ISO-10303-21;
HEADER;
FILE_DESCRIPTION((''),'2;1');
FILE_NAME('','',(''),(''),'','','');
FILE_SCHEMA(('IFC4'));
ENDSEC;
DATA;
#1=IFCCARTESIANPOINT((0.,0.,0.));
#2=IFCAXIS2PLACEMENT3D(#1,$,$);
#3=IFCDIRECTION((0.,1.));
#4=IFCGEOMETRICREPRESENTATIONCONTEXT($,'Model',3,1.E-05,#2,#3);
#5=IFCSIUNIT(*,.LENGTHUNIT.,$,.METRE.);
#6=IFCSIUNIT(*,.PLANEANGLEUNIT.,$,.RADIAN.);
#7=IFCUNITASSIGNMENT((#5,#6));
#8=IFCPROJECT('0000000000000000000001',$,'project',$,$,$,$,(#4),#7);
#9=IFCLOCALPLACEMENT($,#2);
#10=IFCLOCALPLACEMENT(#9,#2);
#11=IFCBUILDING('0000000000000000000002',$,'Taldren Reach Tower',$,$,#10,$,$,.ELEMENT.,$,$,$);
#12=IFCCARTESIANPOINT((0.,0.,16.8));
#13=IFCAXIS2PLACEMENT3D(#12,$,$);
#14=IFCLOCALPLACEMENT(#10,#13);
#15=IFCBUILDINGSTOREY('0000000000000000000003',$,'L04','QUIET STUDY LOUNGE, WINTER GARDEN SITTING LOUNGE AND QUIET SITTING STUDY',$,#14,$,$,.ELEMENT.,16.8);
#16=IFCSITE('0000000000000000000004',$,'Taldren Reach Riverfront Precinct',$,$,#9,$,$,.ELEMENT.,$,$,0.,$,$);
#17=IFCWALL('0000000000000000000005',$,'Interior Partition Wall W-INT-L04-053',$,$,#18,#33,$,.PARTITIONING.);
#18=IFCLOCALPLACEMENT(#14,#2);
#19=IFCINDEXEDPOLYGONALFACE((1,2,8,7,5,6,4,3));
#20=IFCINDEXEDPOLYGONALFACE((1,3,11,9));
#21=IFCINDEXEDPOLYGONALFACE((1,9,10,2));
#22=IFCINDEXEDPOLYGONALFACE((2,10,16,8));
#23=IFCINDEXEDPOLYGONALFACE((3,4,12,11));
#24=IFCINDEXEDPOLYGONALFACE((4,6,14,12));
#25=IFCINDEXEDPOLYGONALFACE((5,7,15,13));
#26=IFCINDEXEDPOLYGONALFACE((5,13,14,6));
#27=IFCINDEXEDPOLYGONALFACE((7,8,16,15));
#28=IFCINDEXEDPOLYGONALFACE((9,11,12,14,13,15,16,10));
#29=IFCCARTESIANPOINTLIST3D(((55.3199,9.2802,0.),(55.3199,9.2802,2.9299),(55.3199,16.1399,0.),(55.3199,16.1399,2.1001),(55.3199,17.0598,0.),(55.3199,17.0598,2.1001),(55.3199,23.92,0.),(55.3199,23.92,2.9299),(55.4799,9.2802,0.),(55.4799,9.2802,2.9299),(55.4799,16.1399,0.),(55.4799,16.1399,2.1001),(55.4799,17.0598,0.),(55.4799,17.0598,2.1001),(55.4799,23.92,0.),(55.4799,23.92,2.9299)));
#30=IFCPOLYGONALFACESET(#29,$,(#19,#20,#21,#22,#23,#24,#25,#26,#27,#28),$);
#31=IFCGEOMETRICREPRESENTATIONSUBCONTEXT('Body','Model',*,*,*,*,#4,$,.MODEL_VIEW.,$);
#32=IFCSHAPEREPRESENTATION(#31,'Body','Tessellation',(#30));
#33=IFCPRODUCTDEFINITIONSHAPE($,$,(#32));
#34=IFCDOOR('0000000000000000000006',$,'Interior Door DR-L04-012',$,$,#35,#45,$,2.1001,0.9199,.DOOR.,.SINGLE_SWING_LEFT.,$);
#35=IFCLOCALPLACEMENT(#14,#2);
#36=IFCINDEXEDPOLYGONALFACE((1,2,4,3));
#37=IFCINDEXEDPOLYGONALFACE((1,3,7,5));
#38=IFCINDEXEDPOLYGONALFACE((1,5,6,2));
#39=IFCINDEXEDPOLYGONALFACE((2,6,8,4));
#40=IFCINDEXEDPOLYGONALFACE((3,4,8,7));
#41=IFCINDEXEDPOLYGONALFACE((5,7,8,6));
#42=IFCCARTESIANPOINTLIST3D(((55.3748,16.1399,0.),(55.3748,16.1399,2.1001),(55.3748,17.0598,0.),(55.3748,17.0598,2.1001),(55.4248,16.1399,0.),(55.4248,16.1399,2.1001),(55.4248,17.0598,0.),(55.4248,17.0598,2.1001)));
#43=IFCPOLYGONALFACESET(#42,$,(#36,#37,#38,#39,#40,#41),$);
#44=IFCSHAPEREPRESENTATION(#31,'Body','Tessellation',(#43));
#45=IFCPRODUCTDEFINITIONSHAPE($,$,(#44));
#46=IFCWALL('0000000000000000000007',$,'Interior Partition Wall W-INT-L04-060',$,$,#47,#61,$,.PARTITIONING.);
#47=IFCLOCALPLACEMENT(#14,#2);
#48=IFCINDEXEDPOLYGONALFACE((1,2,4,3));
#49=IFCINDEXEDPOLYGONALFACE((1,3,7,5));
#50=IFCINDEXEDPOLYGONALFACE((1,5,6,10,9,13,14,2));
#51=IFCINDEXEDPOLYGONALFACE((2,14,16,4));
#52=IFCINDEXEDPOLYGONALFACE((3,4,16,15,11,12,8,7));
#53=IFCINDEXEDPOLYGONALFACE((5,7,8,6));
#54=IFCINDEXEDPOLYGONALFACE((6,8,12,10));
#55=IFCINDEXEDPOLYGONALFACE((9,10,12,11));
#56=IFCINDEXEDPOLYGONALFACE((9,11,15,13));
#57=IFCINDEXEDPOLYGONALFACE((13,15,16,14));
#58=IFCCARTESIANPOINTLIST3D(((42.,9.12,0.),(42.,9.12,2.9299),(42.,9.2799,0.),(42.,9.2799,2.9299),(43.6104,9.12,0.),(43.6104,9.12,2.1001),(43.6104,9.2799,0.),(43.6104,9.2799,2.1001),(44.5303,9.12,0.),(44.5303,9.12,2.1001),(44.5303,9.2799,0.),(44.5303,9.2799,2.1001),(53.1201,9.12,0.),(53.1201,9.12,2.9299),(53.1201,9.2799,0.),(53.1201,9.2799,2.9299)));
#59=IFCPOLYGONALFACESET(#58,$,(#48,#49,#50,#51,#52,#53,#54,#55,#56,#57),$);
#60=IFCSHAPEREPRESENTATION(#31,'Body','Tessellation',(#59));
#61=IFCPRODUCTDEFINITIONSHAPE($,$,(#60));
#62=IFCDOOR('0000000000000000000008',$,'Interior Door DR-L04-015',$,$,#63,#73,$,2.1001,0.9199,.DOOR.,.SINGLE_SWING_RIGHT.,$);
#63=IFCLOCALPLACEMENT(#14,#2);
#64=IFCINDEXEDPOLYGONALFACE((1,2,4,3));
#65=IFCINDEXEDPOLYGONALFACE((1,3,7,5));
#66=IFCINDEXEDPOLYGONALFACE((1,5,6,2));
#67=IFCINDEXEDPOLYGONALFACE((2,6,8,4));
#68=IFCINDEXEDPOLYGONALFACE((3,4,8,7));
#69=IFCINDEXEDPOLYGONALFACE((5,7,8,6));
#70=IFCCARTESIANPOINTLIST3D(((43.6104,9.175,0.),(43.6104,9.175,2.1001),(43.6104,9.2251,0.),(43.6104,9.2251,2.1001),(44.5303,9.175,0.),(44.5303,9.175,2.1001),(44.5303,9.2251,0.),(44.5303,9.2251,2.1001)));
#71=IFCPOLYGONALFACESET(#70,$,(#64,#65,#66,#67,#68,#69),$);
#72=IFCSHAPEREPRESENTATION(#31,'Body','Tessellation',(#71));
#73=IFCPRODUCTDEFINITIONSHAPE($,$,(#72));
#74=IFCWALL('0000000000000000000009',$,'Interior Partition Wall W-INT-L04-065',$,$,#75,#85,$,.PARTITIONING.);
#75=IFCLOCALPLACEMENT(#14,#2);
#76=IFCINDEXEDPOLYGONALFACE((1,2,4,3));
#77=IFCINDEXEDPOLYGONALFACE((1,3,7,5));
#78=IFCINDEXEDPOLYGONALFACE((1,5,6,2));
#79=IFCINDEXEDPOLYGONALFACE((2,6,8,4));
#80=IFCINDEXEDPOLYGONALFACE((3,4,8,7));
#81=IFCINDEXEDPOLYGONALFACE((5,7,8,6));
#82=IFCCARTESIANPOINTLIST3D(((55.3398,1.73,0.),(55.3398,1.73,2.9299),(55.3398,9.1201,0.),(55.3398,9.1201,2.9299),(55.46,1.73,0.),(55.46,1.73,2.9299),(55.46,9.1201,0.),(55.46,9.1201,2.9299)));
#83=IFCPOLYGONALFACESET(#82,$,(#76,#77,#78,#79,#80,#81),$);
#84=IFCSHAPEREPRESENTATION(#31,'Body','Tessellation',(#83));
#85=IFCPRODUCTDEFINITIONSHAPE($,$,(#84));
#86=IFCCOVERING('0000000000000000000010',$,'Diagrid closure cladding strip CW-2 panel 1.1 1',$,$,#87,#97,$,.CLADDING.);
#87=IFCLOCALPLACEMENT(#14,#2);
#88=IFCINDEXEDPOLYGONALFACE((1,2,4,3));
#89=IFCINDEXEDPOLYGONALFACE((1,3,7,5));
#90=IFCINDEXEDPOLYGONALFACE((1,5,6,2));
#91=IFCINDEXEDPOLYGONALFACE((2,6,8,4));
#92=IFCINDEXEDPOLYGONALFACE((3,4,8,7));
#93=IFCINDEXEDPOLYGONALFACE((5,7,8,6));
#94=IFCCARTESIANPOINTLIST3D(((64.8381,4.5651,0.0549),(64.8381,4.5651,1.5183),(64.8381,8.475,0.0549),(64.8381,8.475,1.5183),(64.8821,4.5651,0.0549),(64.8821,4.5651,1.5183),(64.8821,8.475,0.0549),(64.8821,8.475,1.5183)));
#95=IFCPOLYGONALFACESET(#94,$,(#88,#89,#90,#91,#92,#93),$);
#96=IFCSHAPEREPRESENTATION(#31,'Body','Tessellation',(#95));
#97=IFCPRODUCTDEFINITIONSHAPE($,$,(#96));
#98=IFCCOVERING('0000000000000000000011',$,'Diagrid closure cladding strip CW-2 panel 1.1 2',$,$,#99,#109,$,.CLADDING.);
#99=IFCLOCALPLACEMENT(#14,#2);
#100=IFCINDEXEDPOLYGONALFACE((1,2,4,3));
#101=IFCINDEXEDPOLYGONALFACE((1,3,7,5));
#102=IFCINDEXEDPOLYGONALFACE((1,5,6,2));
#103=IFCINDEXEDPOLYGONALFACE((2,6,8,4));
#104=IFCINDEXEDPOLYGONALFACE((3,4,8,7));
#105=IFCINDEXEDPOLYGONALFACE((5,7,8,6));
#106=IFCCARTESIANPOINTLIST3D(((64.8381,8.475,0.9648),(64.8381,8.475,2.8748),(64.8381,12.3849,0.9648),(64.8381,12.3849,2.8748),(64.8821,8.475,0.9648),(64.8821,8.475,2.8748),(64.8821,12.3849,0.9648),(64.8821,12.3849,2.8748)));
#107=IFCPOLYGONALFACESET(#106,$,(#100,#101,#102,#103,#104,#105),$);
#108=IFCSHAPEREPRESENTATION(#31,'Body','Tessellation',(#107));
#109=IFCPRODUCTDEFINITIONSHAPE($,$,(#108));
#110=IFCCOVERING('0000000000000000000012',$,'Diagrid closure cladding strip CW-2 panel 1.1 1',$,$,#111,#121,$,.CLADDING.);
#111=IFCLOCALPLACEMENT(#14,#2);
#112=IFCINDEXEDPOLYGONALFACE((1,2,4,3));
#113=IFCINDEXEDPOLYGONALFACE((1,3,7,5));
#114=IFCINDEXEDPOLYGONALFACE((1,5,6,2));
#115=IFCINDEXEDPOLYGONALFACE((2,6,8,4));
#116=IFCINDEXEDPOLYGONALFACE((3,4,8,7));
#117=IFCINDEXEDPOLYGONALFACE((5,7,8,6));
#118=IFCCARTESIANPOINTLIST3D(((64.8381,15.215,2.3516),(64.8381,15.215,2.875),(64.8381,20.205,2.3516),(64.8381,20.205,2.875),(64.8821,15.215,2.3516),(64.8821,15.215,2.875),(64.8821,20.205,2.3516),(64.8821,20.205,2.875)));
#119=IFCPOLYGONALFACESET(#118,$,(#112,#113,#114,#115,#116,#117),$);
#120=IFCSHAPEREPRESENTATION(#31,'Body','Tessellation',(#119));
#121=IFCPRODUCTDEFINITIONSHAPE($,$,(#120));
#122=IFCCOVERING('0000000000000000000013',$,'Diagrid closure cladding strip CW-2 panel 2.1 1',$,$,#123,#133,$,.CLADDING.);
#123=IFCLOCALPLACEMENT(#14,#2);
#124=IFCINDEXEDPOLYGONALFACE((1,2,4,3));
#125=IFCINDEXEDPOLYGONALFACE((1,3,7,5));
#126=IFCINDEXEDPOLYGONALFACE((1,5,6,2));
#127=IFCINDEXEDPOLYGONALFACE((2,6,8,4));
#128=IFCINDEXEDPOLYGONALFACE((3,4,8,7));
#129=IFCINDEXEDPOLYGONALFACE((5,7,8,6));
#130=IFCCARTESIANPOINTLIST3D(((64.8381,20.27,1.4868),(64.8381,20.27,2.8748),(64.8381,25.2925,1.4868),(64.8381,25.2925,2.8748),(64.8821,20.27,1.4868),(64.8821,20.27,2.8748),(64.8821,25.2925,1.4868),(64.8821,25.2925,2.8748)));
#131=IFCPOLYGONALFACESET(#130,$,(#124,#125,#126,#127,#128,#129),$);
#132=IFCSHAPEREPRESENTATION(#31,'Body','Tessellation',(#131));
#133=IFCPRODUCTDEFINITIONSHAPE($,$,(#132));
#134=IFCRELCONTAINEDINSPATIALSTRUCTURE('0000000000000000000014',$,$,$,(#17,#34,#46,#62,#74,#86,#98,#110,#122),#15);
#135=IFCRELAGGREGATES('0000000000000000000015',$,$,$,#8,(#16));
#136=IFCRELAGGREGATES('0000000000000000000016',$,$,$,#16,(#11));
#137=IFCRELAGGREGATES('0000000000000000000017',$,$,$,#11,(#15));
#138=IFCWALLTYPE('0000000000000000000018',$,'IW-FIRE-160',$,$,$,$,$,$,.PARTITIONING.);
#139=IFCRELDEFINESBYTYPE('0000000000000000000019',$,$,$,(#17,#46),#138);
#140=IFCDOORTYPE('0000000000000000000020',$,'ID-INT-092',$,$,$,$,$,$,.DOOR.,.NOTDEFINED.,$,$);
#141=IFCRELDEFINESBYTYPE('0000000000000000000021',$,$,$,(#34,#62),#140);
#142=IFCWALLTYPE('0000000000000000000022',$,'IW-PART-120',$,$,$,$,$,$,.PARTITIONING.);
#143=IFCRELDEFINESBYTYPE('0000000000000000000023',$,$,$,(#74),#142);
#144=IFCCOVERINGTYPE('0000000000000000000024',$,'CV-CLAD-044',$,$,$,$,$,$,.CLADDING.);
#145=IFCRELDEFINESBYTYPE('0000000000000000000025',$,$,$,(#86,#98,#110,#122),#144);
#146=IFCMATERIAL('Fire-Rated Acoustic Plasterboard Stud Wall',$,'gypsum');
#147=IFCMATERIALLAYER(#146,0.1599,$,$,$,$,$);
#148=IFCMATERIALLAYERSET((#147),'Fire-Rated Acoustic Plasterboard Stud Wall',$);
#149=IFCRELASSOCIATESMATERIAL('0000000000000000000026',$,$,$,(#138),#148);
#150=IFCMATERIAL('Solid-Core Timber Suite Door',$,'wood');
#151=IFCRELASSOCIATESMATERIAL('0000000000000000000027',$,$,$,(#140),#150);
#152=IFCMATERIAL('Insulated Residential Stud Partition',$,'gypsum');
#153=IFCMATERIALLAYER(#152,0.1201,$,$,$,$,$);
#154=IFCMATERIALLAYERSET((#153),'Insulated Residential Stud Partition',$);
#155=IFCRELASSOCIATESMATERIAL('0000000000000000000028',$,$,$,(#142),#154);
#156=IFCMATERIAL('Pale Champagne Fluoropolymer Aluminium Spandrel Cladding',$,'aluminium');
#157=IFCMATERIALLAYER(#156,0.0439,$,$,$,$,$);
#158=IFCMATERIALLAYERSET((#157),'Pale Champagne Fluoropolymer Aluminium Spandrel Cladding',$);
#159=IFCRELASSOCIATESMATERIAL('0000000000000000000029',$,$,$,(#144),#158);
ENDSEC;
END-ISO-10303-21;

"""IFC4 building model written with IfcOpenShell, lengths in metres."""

from ifc_helpers import new_model, si_unit, direction, frame, frame_2d, origin, origin_2d, place, context, subcontext, project, spatial, rectangle, extrude, source, transform, mapped, material, layer, layer_set, type_object, element, fill, save


model = new_model("IFC4")

# Units and contexts
model_context = context("Model", 3, precision=1e-05, world=origin(), true_north=direction((0.0, 1.0)))
body_context = subcontext(model_context, "Body", "Model", "MODEL_VIEW")
ifc_project = project(units=[si_unit("LENGTHUNIT", "METRE"), si_unit("PLANEANGLEUNIT", "RADIAN")], contexts=[model_context])

# Site, building, storey
site_placement = place(None, origin())
site = spatial("IfcSite", under=ifc_project, at=site_placement, Name="Taldren Reach Riverfront Precinct", CompositionType="ELEMENT", RefElevation=0.0)
building_placement = place(site_placement, origin())
building = spatial("IfcBuilding", under=site, at=building_placement, Name="Taldren Reach Tower", CompositionType="ELEMENT")
storey_placement = place(building_placement, frame((0.0, 0.0, 16.8)))
storey = spatial("IfcBuildingStorey", under=building, at=storey_placement, Name="L04", Description="QUIET STUDY LOUNGE, WINTER GARDEN SITTING LOUNGE AND QUIET SITTING STUDY", CompositionType="ELEMENT", Elevation=16.8)

# Shared definitions
ifc_material_1 = material(Name="Fire-Rated Acoustic Plasterboard Stud Wall", Category="gypsum")
ifc_layer_1 = layer(ifc_material_1, 0.1599)
ifc_layer_set_1 = layer_set([ifc_layer_1], Name="Fire-Rated Acoustic Plasterboard Stud Wall")
wall_type_1 = type_object("IfcWallType", Name="IW-FIRE-160", PredefinedType="PARTITIONING", material=ifc_layer_set_1)

# Walls, openings, doors
shared_shape_1 = source(origin(), body_context, "Body", "SweptSolid", [
    extrude(rectangle(XDim=14.6399, YDim=0.1599, at=frame_2d((7.3198, 0.0))), origin(), (0.0, 0.0, 1.0), 2.9299),
])
wall_1_placement = place(storey_placement, frame((55.3999, 23.9199, 0.0), z_axis=(0.0, 0.0, 1.0), x_axis=(0.0, -1.0, 0.0)))
wall_1 = element("IfcWall", 1, at=wall_1_placement, inside=storey, type_object=wall_type_1, Name="Interior Partition Wall W-INT-L04-053", PredefinedType="PARTITIONING", context=body_context, shape_type="MappedRepresentation", body=[
    mapped(shared_shape_1, transform((0.0, 0.0, 0.0), scale=1.0)),
])
shared_shape_2 = source(origin(), body_context, "Body", "SweptSolid", [
    extrude(rectangle(XDim=0.9199, YDim=2.1001, at=frame_2d((0.46, 1.05))), frame((0.0, 0.0898, 0.0), z_axis=(0.0, -1.0, 0.0), x_axis=(1.0, 0.0, 0.0)), (0.0, 0.0, 1.0), 0.1799),
])
opening_1_placement = place(wall_1_placement, frame((6.8601, 0.0, 0.0)))
opening_1 = element("IfcOpeningElement", 2, at=opening_1_placement, cuts=wall_1, PredefinedType="OPENING", context=body_context, shape_type="MappedRepresentation", body=[
    mapped(shared_shape_2, transform((0.0, 0.0, 0.0), scale=1.0)),
])
ifc_material_2 = material(Name="Solid-Core Timber Suite Door", Category="wood")
door_type_1 = type_object("IfcDoorType", Name="ID-INT-092", OperationType="NOTDEFINED", PredefinedType="DOOR", material=ifc_material_2)
shared_shape_3 = source(origin(), body_context, "Body", "SweptSolid", [
    extrude(rectangle(XDim=0.9199, YDim=2.1001, at=frame_2d((0.46, 1.05))), frame((0.0, 0.0249, 0.0), z_axis=(0.0, -1.0, 0.0), x_axis=(1.0, 0.0, 0.0)), (0.0, 0.0, 1.0), 0.05),
])
door_1_placement = place(opening_1_placement, origin())
door_1 = element("IfcDoor", 3, at=door_1_placement, inside=storey, type_object=door_type_1, Name="Interior Door DR-L04-012", OperationType="SINGLE_SWING_LEFT", OverallHeight=2.1001, OverallWidth=0.9199, PredefinedType="DOOR", context=body_context, shape_type="MappedRepresentation", body=[
    mapped(shared_shape_3, transform((0.0, 0.0, 0.0), scale=1.0)),
])
fill(opening_1, door_1)
shared_shape_4 = source(origin(), body_context, "Body", "SweptSolid", [
    extrude(rectangle(XDim=11.1201, YDim=0.1599, at=frame_2d((5.5601, 0.0))), origin(), (0.0, 0.0, 1.0), 2.9299),
])
wall_2_placement = place(storey_placement, frame((53.1201, 9.2, 0.0), z_axis=(0.0, 0.0, 1.0), x_axis=(-1.0, 0.0, 0.0)))
wall_2 = element("IfcWall", 4, at=wall_2_placement, inside=storey, type_object=wall_type_1, Name="Interior Partition Wall W-INT-L04-060", PredefinedType="PARTITIONING", context=body_context, shape_type="MappedRepresentation", body=[
    mapped(shared_shape_4, transform((0.0, 0.0, 0.0), scale=1.0)),
])
opening_2_placement = place(wall_2_placement, frame((8.5898, 0.0, 0.0)))
opening_2 = element("IfcOpeningElement", 5, at=opening_2_placement, cuts=wall_2, PredefinedType="OPENING", context=body_context, shape_type="MappedRepresentation", body=[
    mapped(shared_shape_2, transform((0.0, 0.0, 0.0), scale=1.0)),
])
door_2_placement = place(opening_2_placement, origin())
door_2 = element("IfcDoor", 6, at=door_2_placement, inside=storey, type_object=door_type_1, Name="Interior Door DR-L04-015", OperationType="SINGLE_SWING_RIGHT", OverallHeight=2.1001, OverallWidth=0.9199, PredefinedType="DOOR", context=body_context, shape_type="MappedRepresentation", body=[
    mapped(shared_shape_3, transform((0.0, 0.0, 0.0), scale=1.0)),
])
fill(opening_2, door_2)

# Wall
ifc_material_3 = material(Name="Insulated Residential Stud Partition", Category="gypsum")
ifc_layer_2 = layer(ifc_material_3, 0.1201)
ifc_layer_set_2 = layer_set([ifc_layer_2], Name="Insulated Residential Stud Partition")
wall_type_2 = type_object("IfcWallType", Name="IW-PART-120", PredefinedType="PARTITIONING", material=ifc_layer_set_2)
shared_shape_5 = source(origin(), body_context, "Body", "SweptSolid", [
    extrude(rectangle(XDim=7.3901, YDim=0.1201, at=frame_2d((3.6951, 0.0))), origin(), (0.0, 0.0, 1.0), 2.9299),
])
wall_3_placement = place(storey_placement, frame((55.3999, 9.1201, 0.0), z_axis=(0.0, 0.0, 1.0), x_axis=(0.0, -1.0, 0.0)))
element("IfcWall", 7, at=wall_3_placement, inside=storey, type_object=wall_type_2, Name="Interior Partition Wall W-INT-L04-065", PredefinedType="PARTITIONING", context=body_context, shape_type="MappedRepresentation", body=[
    mapped(shared_shape_5, transform((0.0, 0.0, 0.0), scale=1.0)),
])

# Coverings
ifc_material_4 = material(Name="Pale Champagne Fluoropolymer Aluminium Spandrel Cladding", Category="aluminium")
ifc_layer_3 = layer(ifc_material_4, 0.0439)
ifc_layer_set_3 = layer_set([ifc_layer_3], Name="Pale Champagne Fluoropolymer Aluminium Spandrel Cladding")
covering_type = type_object("IfcCoveringType", Name="CV-CLAD-044", PredefinedType="CLADDING", material=ifc_layer_set_3)
shared_shape_6 = source(origin(), body_context, "Body", "SweptSolid", [
    extrude(rectangle(XDim=3.9099, YDim=0.0439, at=origin_2d()), origin(), (0.0, 0.0, 1.0), 1.4634),
])
covering_1_placement = place(storey_placement, frame((64.8601, 6.52, 0.0549), z_axis=(0.0, 0.0, 1.0), x_axis=(0.0, 1.0, 0.0)))
element("IfcCovering", 8, at=covering_1_placement, inside=storey, type_object=covering_type, Name="Diagrid closure cladding strip CW-2 panel 1.1 1", PredefinedType="CLADDING", context=body_context, shape_type="MappedRepresentation", body=[
    mapped(shared_shape_6, transform((0.0, 0.0, 0.0), scale=1.0)),
])
shared_shape_7 = source(origin(), body_context, "Body", "SweptSolid", [
    extrude(rectangle(XDim=3.9099, YDim=0.0439, at=origin_2d()), origin(), (0.0, 0.0, 1.0), 1.9099),
])
covering_2_placement = place(storey_placement, frame((64.8601, 10.4299, 0.9648), z_axis=(0.0, 0.0, 1.0), x_axis=(0.0, 1.0, 0.0)))
element("IfcCovering", 9, at=covering_2_placement, inside=storey, type_object=covering_type, Name="Diagrid closure cladding strip CW-2 panel 1.1 2", PredefinedType="CLADDING", context=body_context, shape_type="MappedRepresentation", body=[
    mapped(shared_shape_7, transform((0.0, 0.0, 0.0), scale=1.0)),
])
shared_shape_8 = source(origin(), body_context, "Body", "SweptSolid", [
    extrude(rectangle(XDim=4.99, YDim=0.0439, at=origin_2d()), origin(), (0.0, 0.0, 1.0), 0.5234),
])
covering_3_placement = place(storey_placement, frame((64.8601, 17.71, 2.3516), z_axis=(0.0, 0.0, 1.0), x_axis=(0.0, 1.0, 0.0)))
element("IfcCovering", 10, at=covering_3_placement, inside=storey, type_object=covering_type, Name="Diagrid closure cladding strip CW-2 panel 1.1 1", PredefinedType="CLADDING", context=body_context, shape_type="MappedRepresentation", body=[
    mapped(shared_shape_8, transform((0.0, 0.0, 0.0), scale=1.0)),
])
shared_shape_9 = source(origin(), body_context, "Body", "SweptSolid", [
    extrude(rectangle(XDim=5.0225, YDim=0.0439, at=origin_2d()), origin(), (0.0, 0.0, 1.0), 1.3879),
])
covering_4_placement = place(storey_placement, frame((64.8601, 22.7812, 1.4868), z_axis=(0.0, 0.0, 1.0), x_axis=(0.0, 1.0, 0.0)))
element("IfcCovering", 11, at=covering_4_placement, inside=storey, type_object=covering_type, Name="Diagrid closure cladding strip CW-2 panel 2.1 1", PredefinedType="CLADDING", context=body_context, shape_type="MappedRepresentation", body=[
    mapped(shared_shape_9, transform((0.0, 0.0, 0.0), scale=1.0)),
])

save(model, "model.ifc")
